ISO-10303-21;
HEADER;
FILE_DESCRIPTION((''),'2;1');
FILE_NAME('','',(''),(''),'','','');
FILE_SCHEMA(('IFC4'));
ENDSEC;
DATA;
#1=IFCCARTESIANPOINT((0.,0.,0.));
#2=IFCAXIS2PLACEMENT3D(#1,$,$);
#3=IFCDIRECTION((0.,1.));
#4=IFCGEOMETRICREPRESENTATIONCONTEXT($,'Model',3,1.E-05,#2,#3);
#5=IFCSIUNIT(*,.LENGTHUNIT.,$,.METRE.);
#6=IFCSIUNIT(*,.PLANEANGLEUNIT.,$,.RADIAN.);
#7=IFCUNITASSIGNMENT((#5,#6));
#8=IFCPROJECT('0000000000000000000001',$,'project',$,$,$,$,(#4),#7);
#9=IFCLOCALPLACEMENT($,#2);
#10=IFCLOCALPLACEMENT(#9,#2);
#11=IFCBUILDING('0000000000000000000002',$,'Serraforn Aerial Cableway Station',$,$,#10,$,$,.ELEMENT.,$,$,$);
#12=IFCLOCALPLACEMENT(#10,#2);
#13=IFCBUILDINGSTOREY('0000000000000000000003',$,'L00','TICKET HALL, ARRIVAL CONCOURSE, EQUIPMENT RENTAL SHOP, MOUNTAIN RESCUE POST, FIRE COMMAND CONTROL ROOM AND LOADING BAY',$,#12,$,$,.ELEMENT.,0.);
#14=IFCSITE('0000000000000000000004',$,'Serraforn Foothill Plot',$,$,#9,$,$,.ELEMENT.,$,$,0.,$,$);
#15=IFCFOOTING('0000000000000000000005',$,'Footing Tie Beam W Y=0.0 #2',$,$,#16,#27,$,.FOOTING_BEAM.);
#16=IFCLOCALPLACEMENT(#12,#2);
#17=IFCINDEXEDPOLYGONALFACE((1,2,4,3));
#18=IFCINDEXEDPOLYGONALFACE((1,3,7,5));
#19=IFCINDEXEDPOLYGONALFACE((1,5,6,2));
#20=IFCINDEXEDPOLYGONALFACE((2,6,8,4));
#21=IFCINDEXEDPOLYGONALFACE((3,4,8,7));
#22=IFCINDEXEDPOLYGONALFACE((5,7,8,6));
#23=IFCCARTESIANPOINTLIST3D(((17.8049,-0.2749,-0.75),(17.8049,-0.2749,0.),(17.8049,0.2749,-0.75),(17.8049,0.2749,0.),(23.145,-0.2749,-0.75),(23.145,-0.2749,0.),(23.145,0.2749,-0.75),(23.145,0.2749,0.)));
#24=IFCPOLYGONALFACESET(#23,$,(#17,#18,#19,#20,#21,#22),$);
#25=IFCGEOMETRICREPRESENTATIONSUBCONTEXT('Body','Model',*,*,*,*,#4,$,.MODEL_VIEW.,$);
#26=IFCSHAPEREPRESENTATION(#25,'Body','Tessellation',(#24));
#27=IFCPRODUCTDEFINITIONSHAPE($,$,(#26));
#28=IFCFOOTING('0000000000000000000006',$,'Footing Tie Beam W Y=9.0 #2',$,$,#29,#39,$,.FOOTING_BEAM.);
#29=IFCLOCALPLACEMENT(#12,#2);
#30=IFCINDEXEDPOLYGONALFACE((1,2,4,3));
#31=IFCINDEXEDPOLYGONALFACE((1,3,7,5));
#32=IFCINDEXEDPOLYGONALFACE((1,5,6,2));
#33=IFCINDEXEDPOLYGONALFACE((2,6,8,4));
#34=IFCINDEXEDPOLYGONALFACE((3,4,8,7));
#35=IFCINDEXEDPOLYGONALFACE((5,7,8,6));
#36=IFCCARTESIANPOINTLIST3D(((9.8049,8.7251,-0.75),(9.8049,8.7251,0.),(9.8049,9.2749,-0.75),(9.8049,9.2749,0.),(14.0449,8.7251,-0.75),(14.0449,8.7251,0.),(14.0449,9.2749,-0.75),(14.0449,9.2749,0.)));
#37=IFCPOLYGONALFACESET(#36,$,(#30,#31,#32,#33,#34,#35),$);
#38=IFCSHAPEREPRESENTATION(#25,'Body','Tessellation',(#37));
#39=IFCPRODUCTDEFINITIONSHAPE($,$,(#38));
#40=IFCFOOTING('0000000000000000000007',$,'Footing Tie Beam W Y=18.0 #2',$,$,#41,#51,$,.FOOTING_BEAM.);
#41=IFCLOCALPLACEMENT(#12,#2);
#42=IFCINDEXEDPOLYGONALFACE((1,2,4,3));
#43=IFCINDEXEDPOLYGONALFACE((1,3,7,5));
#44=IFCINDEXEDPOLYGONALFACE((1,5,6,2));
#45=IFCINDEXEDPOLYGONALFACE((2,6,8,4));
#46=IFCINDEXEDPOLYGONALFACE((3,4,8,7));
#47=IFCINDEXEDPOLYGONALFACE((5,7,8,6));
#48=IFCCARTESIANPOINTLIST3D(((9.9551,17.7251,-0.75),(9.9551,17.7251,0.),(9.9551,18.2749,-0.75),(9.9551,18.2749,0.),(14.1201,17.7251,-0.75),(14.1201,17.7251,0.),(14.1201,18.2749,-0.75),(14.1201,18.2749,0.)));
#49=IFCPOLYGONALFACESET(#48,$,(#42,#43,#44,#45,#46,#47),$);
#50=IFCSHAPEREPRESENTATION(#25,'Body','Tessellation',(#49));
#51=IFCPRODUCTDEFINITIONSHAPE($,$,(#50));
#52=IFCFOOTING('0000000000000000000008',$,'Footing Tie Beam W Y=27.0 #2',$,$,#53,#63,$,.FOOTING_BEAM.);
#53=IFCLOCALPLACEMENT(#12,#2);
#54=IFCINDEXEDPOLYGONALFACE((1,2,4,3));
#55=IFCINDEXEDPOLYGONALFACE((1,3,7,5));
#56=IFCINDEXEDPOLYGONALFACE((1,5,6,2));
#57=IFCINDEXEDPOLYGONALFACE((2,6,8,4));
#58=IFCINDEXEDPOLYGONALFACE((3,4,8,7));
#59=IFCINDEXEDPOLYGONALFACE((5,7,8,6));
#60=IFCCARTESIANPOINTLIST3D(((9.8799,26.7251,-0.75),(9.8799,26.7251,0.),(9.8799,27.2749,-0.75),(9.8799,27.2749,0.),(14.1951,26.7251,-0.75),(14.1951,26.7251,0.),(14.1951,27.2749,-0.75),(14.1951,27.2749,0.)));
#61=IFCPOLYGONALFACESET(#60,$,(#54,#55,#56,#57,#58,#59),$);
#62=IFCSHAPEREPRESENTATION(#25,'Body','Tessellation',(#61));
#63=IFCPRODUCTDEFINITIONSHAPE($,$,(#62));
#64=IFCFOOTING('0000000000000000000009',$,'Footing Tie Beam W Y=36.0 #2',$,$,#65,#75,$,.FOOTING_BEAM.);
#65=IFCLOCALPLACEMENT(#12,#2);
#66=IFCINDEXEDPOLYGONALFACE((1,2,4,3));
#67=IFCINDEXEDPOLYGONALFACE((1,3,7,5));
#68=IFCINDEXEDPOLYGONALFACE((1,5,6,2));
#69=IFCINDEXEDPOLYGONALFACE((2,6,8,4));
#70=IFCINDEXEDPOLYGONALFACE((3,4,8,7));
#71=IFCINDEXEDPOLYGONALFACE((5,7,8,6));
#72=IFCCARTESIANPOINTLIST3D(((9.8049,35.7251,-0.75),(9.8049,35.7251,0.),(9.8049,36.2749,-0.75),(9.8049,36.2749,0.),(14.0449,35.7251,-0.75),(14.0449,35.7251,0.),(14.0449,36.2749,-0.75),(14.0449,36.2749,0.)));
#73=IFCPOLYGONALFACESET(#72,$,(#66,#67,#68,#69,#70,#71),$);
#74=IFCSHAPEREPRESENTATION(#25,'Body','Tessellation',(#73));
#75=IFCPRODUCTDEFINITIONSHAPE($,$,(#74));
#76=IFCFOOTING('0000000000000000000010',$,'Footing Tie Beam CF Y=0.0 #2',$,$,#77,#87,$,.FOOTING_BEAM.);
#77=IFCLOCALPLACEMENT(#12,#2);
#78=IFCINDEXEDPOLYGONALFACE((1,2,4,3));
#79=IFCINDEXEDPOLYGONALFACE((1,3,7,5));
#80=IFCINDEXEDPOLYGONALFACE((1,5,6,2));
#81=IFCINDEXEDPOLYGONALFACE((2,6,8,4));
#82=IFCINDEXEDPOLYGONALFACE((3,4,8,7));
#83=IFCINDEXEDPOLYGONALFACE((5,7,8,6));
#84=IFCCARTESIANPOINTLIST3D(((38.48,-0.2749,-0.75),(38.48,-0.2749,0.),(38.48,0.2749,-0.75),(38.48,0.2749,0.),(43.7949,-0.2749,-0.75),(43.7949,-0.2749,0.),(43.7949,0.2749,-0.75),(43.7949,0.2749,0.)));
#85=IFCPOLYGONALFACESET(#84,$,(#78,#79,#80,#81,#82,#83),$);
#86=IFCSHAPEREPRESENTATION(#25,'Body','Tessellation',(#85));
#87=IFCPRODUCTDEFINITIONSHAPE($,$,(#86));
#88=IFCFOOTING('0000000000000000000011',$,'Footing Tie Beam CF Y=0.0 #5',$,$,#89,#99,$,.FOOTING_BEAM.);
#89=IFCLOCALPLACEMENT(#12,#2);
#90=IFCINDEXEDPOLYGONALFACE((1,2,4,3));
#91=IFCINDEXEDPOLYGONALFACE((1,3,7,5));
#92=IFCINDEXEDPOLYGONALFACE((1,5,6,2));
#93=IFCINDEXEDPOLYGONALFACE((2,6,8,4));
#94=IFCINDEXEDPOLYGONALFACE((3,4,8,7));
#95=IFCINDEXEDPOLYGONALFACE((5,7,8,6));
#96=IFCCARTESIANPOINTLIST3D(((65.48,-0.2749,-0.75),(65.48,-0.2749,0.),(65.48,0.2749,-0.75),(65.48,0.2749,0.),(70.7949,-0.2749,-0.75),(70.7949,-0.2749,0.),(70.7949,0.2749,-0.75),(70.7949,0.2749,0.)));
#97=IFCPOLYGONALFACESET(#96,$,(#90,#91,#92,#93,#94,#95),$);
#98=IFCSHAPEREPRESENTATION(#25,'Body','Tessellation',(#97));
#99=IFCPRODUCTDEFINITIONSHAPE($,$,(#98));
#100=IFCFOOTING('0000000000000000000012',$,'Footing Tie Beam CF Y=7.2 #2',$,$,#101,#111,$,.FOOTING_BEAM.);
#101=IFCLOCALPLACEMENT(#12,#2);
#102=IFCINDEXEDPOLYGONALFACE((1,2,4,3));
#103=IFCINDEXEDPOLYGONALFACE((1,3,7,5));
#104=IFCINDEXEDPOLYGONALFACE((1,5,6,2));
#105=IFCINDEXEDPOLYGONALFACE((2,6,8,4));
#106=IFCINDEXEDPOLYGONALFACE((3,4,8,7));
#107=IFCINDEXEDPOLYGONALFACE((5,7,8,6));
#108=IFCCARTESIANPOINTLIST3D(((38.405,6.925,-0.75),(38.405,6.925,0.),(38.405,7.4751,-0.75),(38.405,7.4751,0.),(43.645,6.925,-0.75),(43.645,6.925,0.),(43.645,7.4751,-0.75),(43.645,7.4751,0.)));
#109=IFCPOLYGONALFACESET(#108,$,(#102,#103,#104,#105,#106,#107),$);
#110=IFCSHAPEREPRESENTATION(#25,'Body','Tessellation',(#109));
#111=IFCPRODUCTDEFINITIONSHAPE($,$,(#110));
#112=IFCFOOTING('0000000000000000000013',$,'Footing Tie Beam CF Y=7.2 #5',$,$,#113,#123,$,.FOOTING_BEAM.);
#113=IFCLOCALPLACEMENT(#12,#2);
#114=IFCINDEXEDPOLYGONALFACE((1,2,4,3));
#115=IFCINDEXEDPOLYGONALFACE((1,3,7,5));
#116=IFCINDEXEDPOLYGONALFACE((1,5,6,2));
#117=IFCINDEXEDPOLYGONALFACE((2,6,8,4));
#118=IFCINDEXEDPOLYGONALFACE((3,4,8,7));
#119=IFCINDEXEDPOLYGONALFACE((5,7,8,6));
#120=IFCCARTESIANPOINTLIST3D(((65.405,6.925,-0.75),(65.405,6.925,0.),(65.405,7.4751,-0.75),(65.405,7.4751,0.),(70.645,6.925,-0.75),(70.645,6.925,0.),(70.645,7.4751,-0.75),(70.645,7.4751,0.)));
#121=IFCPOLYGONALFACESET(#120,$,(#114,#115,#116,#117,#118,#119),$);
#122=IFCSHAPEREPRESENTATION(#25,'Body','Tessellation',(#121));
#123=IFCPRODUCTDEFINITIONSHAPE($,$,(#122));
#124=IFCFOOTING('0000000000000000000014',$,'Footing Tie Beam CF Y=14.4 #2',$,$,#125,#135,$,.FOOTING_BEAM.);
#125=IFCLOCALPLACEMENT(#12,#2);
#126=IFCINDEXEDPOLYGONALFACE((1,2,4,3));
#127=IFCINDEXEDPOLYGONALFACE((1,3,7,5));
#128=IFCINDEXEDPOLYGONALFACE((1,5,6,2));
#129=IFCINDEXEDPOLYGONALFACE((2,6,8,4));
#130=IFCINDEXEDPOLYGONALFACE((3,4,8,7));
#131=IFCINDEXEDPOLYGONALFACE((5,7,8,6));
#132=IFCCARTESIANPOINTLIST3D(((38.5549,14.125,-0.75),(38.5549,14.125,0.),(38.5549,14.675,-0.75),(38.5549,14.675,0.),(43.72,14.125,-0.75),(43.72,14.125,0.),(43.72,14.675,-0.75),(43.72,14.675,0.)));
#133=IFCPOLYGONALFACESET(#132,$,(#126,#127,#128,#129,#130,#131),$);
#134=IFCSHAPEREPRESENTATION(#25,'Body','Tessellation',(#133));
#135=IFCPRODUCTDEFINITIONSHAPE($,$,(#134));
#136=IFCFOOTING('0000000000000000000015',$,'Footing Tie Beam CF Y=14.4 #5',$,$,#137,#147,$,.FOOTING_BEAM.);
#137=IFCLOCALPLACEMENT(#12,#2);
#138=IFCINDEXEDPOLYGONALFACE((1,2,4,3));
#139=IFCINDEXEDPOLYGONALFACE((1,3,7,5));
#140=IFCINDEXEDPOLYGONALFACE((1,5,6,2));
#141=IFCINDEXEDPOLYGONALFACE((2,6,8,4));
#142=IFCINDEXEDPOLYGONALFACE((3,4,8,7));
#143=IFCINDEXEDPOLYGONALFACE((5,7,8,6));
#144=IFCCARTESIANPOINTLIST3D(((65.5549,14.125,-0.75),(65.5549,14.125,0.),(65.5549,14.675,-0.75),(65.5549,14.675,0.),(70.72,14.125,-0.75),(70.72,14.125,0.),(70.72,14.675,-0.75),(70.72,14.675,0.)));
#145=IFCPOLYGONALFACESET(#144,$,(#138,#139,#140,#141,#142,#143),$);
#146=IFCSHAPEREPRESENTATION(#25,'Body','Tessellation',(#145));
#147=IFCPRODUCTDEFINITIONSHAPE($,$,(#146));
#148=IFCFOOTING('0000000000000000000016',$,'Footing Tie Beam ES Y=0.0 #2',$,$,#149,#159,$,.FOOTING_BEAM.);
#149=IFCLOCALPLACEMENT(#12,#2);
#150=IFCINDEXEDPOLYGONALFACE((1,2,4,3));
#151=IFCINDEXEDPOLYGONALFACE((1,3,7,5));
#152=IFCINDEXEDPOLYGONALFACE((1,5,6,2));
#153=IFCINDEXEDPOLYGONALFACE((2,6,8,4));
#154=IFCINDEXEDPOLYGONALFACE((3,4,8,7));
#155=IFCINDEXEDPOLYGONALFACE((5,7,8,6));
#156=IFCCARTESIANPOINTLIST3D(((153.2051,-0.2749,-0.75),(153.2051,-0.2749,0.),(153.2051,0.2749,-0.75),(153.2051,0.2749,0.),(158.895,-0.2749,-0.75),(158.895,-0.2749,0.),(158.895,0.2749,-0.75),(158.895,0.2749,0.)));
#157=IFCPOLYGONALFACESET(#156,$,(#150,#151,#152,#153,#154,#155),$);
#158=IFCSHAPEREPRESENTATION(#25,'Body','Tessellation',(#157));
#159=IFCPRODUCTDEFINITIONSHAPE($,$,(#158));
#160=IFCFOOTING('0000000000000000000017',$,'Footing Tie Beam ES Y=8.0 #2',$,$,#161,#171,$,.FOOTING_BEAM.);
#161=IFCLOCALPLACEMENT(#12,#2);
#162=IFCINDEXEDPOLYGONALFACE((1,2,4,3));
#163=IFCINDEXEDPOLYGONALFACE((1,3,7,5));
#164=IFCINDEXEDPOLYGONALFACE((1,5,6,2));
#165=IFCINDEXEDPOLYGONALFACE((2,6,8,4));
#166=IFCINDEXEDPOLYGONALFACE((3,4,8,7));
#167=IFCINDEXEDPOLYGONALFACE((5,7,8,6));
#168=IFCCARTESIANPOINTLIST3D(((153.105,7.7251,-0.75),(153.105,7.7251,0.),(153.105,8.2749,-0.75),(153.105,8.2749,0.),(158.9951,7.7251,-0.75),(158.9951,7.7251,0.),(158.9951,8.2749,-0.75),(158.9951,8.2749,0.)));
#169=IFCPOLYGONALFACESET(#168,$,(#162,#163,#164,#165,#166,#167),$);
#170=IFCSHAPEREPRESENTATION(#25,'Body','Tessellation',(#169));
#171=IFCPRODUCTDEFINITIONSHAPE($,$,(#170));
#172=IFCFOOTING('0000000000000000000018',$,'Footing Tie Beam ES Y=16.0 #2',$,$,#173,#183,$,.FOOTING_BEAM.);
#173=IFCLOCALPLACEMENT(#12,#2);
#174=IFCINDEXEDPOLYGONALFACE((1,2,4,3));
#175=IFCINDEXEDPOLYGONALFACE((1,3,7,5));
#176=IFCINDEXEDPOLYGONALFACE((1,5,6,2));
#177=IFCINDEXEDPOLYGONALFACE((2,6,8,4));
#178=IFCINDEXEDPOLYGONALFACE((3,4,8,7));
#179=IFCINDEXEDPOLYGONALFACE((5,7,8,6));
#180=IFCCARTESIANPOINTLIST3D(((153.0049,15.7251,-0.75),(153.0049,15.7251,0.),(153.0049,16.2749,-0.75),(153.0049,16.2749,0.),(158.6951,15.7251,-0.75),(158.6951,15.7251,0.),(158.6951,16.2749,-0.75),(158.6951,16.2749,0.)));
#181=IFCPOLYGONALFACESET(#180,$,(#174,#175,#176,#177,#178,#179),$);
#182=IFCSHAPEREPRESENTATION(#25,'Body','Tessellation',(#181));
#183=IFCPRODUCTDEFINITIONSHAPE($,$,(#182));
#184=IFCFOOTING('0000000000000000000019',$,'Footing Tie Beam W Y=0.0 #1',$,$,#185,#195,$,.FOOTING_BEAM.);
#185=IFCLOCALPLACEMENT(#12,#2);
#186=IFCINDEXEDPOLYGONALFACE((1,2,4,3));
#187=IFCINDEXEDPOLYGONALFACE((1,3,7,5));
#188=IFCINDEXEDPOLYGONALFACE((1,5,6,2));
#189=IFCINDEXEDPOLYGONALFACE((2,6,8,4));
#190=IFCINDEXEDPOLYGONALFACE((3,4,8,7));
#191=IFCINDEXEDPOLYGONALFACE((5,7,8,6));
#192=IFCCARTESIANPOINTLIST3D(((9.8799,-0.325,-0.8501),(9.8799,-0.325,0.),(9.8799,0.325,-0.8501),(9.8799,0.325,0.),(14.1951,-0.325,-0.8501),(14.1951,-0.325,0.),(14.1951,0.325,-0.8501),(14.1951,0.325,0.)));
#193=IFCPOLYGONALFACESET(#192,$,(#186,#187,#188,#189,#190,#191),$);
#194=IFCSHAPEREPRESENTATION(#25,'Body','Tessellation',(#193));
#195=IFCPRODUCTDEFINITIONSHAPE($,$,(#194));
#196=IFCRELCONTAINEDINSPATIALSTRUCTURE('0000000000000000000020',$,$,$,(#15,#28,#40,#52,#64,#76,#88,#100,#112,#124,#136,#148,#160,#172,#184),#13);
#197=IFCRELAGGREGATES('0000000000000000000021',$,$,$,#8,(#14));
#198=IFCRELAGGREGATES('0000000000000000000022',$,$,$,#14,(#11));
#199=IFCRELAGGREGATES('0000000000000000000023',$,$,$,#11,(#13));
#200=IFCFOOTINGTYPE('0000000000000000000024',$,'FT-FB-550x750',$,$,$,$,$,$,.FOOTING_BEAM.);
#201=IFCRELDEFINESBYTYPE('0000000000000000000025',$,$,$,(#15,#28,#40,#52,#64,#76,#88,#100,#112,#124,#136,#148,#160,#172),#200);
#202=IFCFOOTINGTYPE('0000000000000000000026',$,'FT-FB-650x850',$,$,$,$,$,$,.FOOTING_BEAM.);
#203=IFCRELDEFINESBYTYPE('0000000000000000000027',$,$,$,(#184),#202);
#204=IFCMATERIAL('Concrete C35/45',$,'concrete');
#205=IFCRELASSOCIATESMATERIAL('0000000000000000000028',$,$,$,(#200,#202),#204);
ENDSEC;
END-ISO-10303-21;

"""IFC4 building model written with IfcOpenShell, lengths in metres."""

from ifc_helpers import new_model, si_unit, direction, frame, origin, place, context, subcontext, project, spatial, polyline, outline, extrude, material, type_object, element, save


model = new_model("IFC4")

# Units and contexts
model_context = context("Model", 3, precision=1e-05, world=origin(), true_north=direction((0.0, 1.0)))
body_context = subcontext(model_context, "Body", "Model", "MODEL_VIEW")
ifc_project = project(units=[si_unit("LENGTHUNIT", "METRE"), si_unit("PLANEANGLEUNIT", "RADIAN")], contexts=[model_context])

# Site, building, storey
site_placement = place(None, origin())
site = spatial("IfcSite", under=ifc_project, at=site_placement, Name="Serraforn Foothill Plot", CompositionType="ELEMENT", RefElevation=0.0)
building_placement = place(site_placement, origin())
building = spatial("IfcBuilding", under=site, at=building_placement, Name="Serraforn Aerial Cableway Station", CompositionType="ELEMENT")
storey_placement = place(building_placement, origin())
storey = spatial("IfcBuildingStorey", under=building, at=storey_placement, Name="L00", Description="TICKET HALL, ARRIVAL CONCOURSE, EQUIPMENT RENTAL SHOP, MOUNTAIN RESCUE POST, FIRE COMMAND CONTROL ROOM AND LOADING BAY", CompositionType="ELEMENT", Elevation=0.0)

# Footings
ifc_material = material(Name="Concrete C35/45", Category="concrete")
footing_type_1 = type_object("IfcFootingType", Name="FT-FB-550x750", PredefinedType="FOOTING_BEAM", material=ifc_material)
footing_1_placement = place(storey_placement, frame((0.0, 0.0, -0.75)))
element("IfcFooting", 1, at=footing_1_placement, inside=storey, type_object=footing_type_1, Name="Footing Tie Beam W Y=0.0 #2", PredefinedType="FOOTING_BEAM", context=body_context, shape_type="SweptSolid", body=[
    extrude(outline(polyline([(23.145, 0.2749), (23.145, -0.2749), (17.8049, -0.2749), (17.8049, 0.2749), (23.145, 0.2749)])), origin(), (0.0, 0.0, 1.0), 0.75),
])
footing_2_placement = place(storey_placement, frame((0.0, 0.0, -0.75)))
element("IfcFooting", 2, at=footing_2_placement, inside=storey, type_object=footing_type_1, Name="Footing Tie Beam W Y=9.0 #2", PredefinedType="FOOTING_BEAM", context=body_context, shape_type="SweptSolid", body=[
    extrude(outline(polyline([(14.0449, 9.2749), (14.0449, 8.7251), (9.8049, 8.7251), (9.8049, 9.2749), (14.0449, 9.2749)])), origin(), (0.0, 0.0, 1.0), 0.75),
])
footing_3_placement = place(storey_placement, frame((0.0, 0.0, -0.75)))
element("IfcFooting", 3, at=footing_3_placement, inside=storey, type_object=footing_type_1, Name="Footing Tie Beam W Y=18.0 #2", PredefinedType="FOOTING_BEAM", context=body_context, shape_type="SweptSolid", body=[
    extrude(outline(polyline([(14.1201, 18.2749), (14.1201, 17.7251), (9.9551, 17.7251), (9.9551, 18.2749), (14.1201, 18.2749)])), origin(), (0.0, 0.0, 1.0), 0.75),
])
footing_4_placement = place(storey_placement, frame((0.0, 0.0, -0.75)))
element("IfcFooting", 4, at=footing_4_placement, inside=storey, type_object=footing_type_1, Name="Footing Tie Beam W Y=27.0 #2", PredefinedType="FOOTING_BEAM", context=body_context, shape_type="SweptSolid", body=[
    extrude(outline(polyline([(14.1951, 27.2749), (14.1951, 26.7251), (9.8799, 26.7251), (9.8799, 27.2749), (14.1951, 27.2749)])), origin(), (0.0, 0.0, 1.0), 0.75),
])
footing_5_placement = place(storey_placement, frame((0.0, 0.0, -0.75)))
element("IfcFooting", 5, at=footing_5_placement, inside=storey, type_object=footing_type_1, Name="Footing Tie Beam W Y=36.0 #2", PredefinedType="FOOTING_BEAM", context=body_context, shape_type="SweptSolid", body=[
    extrude(outline(polyline([(14.0449, 36.2749), (14.0449, 35.7251), (9.8049, 35.7251), (9.8049, 36.2749), (14.0449, 36.2749)])), origin(), (0.0, 0.0, 1.0), 0.75),
])
footing_6_placement = place(storey_placement, frame((0.0, 0.0, -0.75)))
element("IfcFooting", 6, at=footing_6_placement, inside=storey, type_object=footing_type_1, Name="Footing Tie Beam CF Y=0.0 #2", PredefinedType="FOOTING_BEAM", context=body_context, shape_type="SweptSolid", body=[
    extrude(outline(polyline([(43.7949, 0.2749), (43.7949, -0.2749), (38.48, -0.2749), (38.48, 0.2749), (43.7949, 0.2749)])), origin(), (0.0, 0.0, 1.0), 0.75),
])
footing_7_placement = place(storey_placement, frame((0.0, 0.0, -0.75)))
element("IfcFooting", 7, at=footing_7_placement, inside=storey, type_object=footing_type_1, Name="Footing Tie Beam CF Y=0.0 #5", PredefinedType="FOOTING_BEAM", context=body_context, shape_type="SweptSolid", body=[
    extrude(outline(polyline([(70.7949, 0.2749), (70.7949, -0.2749), (65.48, -0.2749), (65.48, 0.2749), (70.7949, 0.2749)])), origin(), (0.0, 0.0, 1.0), 0.75),
])
footing_8_placement = place(storey_placement, frame((0.0, 0.0, -0.75)))
element("IfcFooting", 8, at=footing_8_placement, inside=storey, type_object=footing_type_1, Name="Footing Tie Beam CF Y=7.2 #2", PredefinedType="FOOTING_BEAM", context=body_context, shape_type="SweptSolid", body=[
    extrude(outline(polyline([(43.645, 7.4751), (43.645, 6.925), (38.405, 6.925), (38.405, 7.4751), (43.645, 7.4751)])), origin(), (0.0, 0.0, 1.0), 0.75),
])
footing_9_placement = place(storey_placement, frame((0.0, 0.0, -0.75)))
element("IfcFooting", 9, at=footing_9_placement, inside=storey, type_object=footing_type_1, Name="Footing Tie Beam CF Y=7.2 #5", PredefinedType="FOOTING_BEAM", context=body_context, shape_type="SweptSolid", body=[
    extrude(outline(polyline([(70.645, 7.4751), (70.645, 6.925), (65.405, 6.925), (65.405, 7.4751), (70.645, 7.4751)])), origin(), (0.0, 0.0, 1.0), 0.75),
])
footing_10_placement = place(storey_placement, frame((0.0, 0.0, -0.75)))
element("IfcFooting", 10, at=footing_10_placement, inside=storey, type_object=footing_type_1, Name="Footing Tie Beam CF Y=14.4 #2", PredefinedType="FOOTING_BEAM", context=body_context, shape_type="SweptSolid", body=[
    extrude(outline(polyline([(43.72, 14.675), (43.72, 14.125), (38.5549, 14.125), (38.5549, 14.675), (43.72, 14.675)])), origin(), (0.0, 0.0, 1.0), 0.75),
])
footing_11_placement = place(storey_placement, frame((0.0, 0.0, -0.75)))
element("IfcFooting", 11, at=footing_11_placement, inside=storey, type_object=footing_type_1, Name="Footing Tie Beam CF Y=14.4 #5", PredefinedType="FOOTING_BEAM", context=body_context, shape_type="SweptSolid", body=[
    extrude(outline(polyline([(70.72, 14.675), (70.72, 14.125), (65.5549, 14.125), (65.5549, 14.675), (70.72, 14.675)])), origin(), (0.0, 0.0, 1.0), 0.75),
])
footing_12_placement = place(storey_placement, frame((0.0, 0.0, -0.75)))
element("IfcFooting", 12, at=footing_12_placement, inside=storey, type_object=footing_type_1, Name="Footing Tie Beam ES Y=0.0 #2", PredefinedType="FOOTING_BEAM", context=body_context, shape_type="SweptSolid", body=[
    extrude(outline(polyline([(158.895, 0.2749), (158.895, -0.2749), (153.2051, -0.2749), (153.2051, 0.2749), (158.895, 0.2749)])), origin(), (0.0, 0.0, 1.0), 0.75),
])
footing_13_placement = place(storey_placement, frame((0.0, 0.0, -0.75)))
element("IfcFooting", 13, at=footing_13_placement, inside=storey, type_object=footing_type_1, Name="Footing Tie Beam ES Y=8.0 #2", PredefinedType="FOOTING_BEAM", context=body_context, shape_type="SweptSolid", body=[
    extrude(outline(polyline([(158.9951, 8.2749), (158.9951, 7.7251), (153.105, 7.7251), (153.105, 8.2749), (158.9951, 8.2749)])), origin(), (0.0, 0.0, 1.0), 0.75),
])
footing_14_placement = place(storey_placement, frame((0.0, 0.0, -0.75)))
element("IfcFooting", 14, at=footing_14_placement, inside=storey, type_object=footing_type_1, Name="Footing Tie Beam ES Y=16.0 #2", PredefinedType="FOOTING_BEAM", context=body_context, shape_type="SweptSolid", body=[
    extrude(outline(polyline([(158.6951, 16.2749), (158.6951, 15.7251), (153.0049, 15.7251), (153.0049, 16.2749), (158.6951, 16.2749)])), origin(), (0.0, 0.0, 1.0), 0.75),
])
footing_type_2 = type_object("IfcFootingType", Name="FT-FB-650x850", PredefinedType="FOOTING_BEAM", material=ifc_material)
footing_15_placement = place(storey_placement, frame((0.0, 0.0, -0.8501)))
element("IfcFooting", 15, at=footing_15_placement, inside=storey, type_object=footing_type_2, Name="Footing Tie Beam W Y=0.0 #1", PredefinedType="FOOTING_BEAM", context=body_context, shape_type="SweptSolid", body=[
    extrude(outline(polyline([(14.1951, 0.325), (14.1951, -0.325), (9.8799, -0.325), (9.8799, 0.325), (14.1951, 0.325)])), origin(), (0.0, 0.0, 1.0), 0.8501),
])

save(model, "model.ifc")
